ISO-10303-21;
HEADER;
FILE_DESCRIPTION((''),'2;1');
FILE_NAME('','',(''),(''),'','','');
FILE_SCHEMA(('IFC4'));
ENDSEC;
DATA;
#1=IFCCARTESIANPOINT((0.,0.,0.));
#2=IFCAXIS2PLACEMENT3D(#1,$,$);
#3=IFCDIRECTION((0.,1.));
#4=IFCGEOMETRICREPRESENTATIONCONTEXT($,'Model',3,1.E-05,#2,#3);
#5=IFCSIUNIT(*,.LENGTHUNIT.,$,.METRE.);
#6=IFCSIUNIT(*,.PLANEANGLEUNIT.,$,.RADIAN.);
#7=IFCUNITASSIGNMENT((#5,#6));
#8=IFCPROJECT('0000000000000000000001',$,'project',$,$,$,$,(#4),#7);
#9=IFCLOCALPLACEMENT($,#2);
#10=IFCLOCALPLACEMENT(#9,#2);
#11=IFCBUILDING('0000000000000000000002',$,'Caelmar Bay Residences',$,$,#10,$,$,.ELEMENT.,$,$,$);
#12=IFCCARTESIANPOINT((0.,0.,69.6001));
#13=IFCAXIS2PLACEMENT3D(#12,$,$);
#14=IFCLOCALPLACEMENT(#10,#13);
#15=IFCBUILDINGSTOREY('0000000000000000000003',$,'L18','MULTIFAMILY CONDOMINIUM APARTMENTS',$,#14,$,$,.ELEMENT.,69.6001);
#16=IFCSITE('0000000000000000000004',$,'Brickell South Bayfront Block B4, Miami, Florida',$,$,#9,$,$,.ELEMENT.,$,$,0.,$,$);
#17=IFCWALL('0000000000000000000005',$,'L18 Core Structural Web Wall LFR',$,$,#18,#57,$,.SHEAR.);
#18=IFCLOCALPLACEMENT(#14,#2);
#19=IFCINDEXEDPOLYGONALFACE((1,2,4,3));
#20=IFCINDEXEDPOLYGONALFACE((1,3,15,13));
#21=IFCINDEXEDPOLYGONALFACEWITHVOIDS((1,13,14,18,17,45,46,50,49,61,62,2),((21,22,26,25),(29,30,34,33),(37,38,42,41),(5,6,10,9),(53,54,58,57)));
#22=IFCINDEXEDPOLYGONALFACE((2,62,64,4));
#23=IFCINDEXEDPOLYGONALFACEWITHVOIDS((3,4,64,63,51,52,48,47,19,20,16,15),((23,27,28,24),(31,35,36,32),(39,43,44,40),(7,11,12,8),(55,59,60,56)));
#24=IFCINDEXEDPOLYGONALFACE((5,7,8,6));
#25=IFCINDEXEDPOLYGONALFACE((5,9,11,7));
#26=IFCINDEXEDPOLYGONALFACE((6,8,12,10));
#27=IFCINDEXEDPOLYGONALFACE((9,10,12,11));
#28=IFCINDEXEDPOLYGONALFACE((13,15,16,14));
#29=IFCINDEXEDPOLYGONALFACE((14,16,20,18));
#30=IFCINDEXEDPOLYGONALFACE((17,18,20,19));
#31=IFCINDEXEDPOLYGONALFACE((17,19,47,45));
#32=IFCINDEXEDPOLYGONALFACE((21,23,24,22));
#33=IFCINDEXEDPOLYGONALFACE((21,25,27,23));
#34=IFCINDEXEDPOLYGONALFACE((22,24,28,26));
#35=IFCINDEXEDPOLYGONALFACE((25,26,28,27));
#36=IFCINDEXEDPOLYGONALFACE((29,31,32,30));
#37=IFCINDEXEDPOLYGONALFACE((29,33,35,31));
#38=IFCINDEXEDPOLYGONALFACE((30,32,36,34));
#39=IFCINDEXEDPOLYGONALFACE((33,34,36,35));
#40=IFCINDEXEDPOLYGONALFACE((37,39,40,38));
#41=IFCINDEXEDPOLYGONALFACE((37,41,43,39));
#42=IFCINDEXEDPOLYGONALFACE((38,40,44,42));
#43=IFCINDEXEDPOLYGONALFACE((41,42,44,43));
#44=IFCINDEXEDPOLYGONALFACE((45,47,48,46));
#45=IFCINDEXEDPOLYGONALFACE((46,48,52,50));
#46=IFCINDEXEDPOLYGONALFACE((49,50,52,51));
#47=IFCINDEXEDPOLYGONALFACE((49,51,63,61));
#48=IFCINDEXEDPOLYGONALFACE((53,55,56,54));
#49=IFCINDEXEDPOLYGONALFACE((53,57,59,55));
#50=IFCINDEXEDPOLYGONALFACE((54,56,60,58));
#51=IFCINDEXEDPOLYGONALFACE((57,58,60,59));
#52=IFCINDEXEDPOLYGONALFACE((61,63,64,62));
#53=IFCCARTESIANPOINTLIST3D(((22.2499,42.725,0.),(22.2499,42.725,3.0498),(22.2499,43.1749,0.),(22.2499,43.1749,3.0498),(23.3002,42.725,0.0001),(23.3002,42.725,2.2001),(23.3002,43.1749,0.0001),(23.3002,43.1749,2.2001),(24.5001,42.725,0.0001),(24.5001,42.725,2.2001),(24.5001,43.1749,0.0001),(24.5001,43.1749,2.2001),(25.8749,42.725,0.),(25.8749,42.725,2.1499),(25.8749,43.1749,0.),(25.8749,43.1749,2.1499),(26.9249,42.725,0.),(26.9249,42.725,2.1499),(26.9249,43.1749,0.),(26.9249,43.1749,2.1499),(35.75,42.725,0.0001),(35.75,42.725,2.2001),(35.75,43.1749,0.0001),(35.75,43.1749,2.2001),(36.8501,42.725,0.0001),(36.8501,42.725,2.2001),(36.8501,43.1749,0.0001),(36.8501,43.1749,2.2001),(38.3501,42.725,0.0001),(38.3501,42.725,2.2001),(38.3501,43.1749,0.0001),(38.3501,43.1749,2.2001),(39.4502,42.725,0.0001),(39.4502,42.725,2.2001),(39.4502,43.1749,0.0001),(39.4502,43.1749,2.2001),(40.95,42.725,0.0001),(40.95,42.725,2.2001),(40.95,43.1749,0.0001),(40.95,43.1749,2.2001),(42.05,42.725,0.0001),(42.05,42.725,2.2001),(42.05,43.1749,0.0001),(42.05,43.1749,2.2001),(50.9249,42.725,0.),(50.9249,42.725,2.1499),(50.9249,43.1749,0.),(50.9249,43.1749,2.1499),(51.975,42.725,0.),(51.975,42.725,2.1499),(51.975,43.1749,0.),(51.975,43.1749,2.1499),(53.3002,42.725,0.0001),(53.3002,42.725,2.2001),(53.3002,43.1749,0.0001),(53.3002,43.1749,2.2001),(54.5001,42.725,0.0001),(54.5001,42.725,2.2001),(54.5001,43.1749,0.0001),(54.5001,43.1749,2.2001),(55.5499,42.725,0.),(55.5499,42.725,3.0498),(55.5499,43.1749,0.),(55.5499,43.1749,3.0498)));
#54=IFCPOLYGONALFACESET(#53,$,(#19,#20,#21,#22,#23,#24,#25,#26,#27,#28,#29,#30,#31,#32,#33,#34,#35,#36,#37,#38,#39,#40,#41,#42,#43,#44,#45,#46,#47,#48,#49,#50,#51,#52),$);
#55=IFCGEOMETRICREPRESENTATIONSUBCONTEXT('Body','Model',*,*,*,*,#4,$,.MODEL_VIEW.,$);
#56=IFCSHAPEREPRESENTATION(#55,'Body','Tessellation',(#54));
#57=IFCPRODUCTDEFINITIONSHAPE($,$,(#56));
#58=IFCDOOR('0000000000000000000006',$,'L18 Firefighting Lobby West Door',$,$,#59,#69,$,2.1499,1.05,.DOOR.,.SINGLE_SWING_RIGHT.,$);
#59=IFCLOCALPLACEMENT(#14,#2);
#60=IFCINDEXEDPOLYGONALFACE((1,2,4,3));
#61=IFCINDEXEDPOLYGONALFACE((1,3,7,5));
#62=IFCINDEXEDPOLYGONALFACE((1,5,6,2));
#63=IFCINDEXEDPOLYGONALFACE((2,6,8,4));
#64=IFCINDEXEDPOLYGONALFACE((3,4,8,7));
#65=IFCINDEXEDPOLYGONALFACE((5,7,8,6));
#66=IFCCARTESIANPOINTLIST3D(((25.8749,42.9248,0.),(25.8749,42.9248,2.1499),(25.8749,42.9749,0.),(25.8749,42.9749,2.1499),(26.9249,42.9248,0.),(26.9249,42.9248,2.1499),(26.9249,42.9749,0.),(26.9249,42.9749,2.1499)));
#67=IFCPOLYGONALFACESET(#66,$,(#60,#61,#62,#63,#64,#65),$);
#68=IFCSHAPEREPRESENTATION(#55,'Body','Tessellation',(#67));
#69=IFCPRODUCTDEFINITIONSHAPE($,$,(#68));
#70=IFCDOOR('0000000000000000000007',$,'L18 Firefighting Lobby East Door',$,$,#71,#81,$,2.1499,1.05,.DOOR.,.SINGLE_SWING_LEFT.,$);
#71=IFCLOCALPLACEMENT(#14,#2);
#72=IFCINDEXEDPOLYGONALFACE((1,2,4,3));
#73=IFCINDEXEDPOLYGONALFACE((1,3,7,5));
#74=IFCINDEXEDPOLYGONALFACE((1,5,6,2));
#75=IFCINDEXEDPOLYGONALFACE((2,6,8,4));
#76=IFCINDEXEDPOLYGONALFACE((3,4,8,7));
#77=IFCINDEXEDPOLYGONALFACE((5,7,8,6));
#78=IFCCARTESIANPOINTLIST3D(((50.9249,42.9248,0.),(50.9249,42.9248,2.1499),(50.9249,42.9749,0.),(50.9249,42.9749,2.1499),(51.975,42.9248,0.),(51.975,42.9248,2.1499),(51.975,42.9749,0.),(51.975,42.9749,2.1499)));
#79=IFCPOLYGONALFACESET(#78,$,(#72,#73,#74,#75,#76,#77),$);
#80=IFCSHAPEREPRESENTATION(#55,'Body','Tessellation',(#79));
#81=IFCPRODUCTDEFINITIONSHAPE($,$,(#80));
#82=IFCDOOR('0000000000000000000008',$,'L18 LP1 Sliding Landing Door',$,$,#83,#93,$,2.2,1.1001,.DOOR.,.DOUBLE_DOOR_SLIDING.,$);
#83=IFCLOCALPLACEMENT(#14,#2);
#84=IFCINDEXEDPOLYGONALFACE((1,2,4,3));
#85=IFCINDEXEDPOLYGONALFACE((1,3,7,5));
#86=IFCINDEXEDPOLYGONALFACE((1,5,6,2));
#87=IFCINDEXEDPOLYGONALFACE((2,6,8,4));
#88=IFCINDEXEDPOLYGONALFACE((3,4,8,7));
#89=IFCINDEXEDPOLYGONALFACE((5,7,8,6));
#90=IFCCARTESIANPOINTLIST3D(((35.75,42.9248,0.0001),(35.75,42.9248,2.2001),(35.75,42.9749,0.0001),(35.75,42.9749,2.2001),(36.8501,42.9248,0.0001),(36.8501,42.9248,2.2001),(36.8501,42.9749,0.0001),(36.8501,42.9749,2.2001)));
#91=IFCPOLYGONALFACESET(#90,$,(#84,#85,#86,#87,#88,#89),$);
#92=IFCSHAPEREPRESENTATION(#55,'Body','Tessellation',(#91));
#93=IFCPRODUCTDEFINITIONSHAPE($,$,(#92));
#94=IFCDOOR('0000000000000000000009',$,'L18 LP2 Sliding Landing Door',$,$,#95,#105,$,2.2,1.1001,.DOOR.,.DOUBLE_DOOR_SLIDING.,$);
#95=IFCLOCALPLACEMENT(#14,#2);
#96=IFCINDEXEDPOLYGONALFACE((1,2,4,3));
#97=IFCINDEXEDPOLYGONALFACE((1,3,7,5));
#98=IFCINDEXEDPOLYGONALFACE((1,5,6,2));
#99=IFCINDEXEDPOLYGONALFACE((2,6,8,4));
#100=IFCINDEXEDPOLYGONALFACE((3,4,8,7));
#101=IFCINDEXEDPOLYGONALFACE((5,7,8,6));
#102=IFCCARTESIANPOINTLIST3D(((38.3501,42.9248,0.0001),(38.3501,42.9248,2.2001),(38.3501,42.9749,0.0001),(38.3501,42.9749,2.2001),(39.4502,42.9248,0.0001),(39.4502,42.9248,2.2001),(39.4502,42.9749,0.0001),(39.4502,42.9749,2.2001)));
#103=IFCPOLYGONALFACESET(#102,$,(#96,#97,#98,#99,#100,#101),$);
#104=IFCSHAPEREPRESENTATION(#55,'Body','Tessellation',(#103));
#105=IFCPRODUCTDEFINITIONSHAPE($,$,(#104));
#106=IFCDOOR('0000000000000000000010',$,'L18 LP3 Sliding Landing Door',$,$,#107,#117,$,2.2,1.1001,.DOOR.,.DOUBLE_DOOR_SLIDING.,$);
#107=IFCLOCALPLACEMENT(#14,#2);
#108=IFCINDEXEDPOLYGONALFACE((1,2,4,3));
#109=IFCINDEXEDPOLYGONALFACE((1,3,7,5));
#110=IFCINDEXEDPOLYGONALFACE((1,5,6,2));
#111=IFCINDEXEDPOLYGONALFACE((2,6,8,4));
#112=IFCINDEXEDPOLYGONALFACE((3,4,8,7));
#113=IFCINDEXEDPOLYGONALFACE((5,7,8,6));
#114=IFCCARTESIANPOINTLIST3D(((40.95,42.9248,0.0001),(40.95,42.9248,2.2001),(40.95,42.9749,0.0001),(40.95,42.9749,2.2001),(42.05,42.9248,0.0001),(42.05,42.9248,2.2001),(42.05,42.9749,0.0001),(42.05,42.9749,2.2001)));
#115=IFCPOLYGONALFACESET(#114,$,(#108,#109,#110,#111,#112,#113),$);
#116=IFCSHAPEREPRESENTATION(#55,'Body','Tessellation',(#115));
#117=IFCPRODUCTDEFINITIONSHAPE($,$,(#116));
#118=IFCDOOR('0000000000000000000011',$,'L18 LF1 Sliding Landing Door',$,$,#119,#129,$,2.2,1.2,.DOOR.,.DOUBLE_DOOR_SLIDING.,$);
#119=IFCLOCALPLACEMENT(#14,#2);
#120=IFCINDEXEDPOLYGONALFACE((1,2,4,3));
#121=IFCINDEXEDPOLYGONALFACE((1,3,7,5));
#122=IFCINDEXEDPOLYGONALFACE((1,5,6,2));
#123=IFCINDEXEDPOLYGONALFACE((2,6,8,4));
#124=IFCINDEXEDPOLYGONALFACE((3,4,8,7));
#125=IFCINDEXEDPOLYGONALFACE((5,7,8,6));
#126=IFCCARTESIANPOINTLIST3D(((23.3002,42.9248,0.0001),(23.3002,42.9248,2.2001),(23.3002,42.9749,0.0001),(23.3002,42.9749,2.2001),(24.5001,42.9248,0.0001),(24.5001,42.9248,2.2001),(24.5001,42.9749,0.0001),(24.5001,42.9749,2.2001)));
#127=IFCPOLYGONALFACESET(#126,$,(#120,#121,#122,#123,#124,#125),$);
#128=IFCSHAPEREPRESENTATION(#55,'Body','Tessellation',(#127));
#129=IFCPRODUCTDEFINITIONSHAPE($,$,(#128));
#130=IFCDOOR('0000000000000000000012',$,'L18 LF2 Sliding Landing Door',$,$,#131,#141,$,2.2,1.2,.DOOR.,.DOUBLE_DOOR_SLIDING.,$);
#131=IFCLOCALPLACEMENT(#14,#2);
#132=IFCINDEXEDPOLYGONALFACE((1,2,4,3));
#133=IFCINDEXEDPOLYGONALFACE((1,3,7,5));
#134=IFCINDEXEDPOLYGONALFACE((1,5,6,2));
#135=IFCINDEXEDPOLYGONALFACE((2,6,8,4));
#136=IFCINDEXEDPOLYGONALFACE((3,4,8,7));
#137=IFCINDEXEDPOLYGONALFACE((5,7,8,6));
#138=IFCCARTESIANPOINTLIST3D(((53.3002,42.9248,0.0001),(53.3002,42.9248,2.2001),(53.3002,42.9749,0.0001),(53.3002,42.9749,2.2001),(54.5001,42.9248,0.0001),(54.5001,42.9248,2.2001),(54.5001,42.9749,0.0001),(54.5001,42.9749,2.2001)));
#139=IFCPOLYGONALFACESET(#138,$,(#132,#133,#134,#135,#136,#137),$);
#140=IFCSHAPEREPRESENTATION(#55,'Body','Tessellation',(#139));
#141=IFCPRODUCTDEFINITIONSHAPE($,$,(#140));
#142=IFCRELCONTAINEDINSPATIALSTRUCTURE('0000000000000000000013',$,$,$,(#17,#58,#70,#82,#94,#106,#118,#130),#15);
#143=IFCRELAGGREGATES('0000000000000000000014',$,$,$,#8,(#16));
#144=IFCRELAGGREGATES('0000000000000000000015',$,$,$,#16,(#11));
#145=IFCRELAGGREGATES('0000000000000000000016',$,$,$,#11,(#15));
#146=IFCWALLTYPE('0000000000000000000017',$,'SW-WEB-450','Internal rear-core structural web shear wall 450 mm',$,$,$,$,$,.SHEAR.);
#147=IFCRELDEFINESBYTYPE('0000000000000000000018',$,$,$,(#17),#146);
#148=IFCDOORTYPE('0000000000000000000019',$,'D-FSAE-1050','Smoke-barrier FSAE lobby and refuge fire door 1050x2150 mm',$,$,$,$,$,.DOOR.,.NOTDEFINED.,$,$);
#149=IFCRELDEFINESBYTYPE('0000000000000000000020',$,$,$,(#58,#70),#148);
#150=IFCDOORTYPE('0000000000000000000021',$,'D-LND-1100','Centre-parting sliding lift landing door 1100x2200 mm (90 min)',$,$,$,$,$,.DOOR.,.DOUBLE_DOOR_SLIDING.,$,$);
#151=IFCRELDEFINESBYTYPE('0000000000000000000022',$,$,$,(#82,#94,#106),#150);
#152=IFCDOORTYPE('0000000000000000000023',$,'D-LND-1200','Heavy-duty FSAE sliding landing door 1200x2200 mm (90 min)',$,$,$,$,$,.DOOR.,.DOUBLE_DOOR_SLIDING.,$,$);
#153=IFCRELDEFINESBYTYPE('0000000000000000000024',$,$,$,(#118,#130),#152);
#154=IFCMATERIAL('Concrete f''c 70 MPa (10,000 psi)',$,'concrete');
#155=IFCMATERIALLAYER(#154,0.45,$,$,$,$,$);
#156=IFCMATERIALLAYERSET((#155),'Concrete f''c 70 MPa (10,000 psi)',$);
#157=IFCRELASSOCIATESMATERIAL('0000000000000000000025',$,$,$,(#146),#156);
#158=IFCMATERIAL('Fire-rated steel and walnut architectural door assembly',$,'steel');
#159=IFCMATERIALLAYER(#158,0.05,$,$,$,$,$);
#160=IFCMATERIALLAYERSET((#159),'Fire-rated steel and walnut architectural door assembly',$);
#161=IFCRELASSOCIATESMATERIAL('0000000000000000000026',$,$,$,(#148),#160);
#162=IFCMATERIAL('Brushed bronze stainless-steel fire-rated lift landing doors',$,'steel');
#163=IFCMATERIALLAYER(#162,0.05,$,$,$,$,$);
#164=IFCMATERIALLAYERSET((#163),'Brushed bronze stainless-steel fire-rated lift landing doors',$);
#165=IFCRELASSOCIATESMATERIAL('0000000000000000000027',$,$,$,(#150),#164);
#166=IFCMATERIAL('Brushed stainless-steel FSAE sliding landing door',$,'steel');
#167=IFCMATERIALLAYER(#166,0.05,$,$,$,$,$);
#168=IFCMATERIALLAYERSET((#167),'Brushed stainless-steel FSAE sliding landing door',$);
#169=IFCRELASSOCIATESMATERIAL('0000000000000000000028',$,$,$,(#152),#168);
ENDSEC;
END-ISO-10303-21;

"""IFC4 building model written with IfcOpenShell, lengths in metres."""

from ifc_helpers import new_model, si_unit, direction, frame, frame_2d, origin, place, context, subcontext, project, spatial, rectangle, extrude, material, layer, layer_set, type_object, element, fill, save


model = new_model("IFC4")

# Units and contexts
model_context = context("Model", 3, precision=1e-05, world=origin(), true_north=direction((0.0, 1.0)))
body_context = subcontext(model_context, "Body", "Model", "MODEL_VIEW")
ifc_project = project(units=[si_unit("LENGTHUNIT", "METRE"), si_unit("PLANEANGLEUNIT", "RADIAN")], contexts=[model_context])

# Site, building, storey
site_placement = place(None, origin())
site = spatial("IfcSite", under=ifc_project, at=site_placement, Name="Brickell South Bayfront Block B4, Miami, Florida", CompositionType="ELEMENT", RefElevation=0.0)
building_placement = place(site_placement, origin())
building = spatial("IfcBuilding", under=site, at=building_placement, Name="Caelmar Bay Residences", CompositionType="ELEMENT")
storey_placement = place(building_placement, frame((0.0, 0.0, 69.6001)))
storey = spatial("IfcBuildingStorey", under=building, at=storey_placement, Name="L18", Description="MULTIFAMILY CONDOMINIUM APARTMENTS", CompositionType="ELEMENT", Elevation=69.6001)

# Wall, openings, doors
ifc_material_1 = material(Name="Concrete f'c 70 MPa (10,000 psi)", Category="concrete")
ifc_layer_1 = layer(ifc_material_1, 0.45)
ifc_layer_set_1 = layer_set([ifc_layer_1], Name="Concrete f'c 70 MPa (10,000 psi)")
wall_type_1 = type_object("IfcWallType", Name="SW-WEB-450", Description="Internal rear-core structural web shear wall 450 mm", PredefinedType="SHEAR", material=ifc_layer_set_1)
wall_1_placement = place(storey_placement, frame((22.25, 42.95, 0.0), z_axis=(0.0, 0.0, 1.0), x_axis=(1.0, 0.0, 0.0)))
wall_1 = element("IfcWall", 1, at=wall_1_placement, inside=storey, type_object=wall_type_1, Name="L18 Core Structural Web Wall LFR", PredefinedType="SHEAR", context=body_context, shape_type="SweptSolid", body=[
    extrude(rectangle(XDim=33.3, YDim=0.45, at=frame_2d((16.6499, 0.0))), origin(), (0.0, 0.0, 1.0), 3.0498),
])
opening_1_placement = place(wall_1_placement, frame((1.05, 0.0, 0.0)))
opening_1 = element("IfcOpeningElement", 2, at=opening_1_placement, cuts=wall_1, PredefinedType="OPENING", context=body_context, shape_type="SweptSolid", body=[
    extrude(rectangle(XDim=1.2, YDim=2.2, at=frame_2d((0.6001, 1.1001))), frame((0.0, 0.2349, 0.0), z_axis=(0.0, -1.0, 0.0), x_axis=(1.0, 0.0, 0.0)), (0.0, 0.0, 1.0), 0.47),
])
opening_2_placement = place(wall_1_placement, frame((31.05, 0.0, 0.0)))
opening_2 = element("IfcOpeningElement", 3, at=opening_2_placement, cuts=wall_1, PredefinedType="OPENING", context=body_context, shape_type="SweptSolid", body=[
    extrude(rectangle(XDim=1.2, YDim=2.2, at=frame_2d((0.6001, 1.1001))), frame((0.0, 0.2349, 0.0), z_axis=(0.0, -1.0, 0.0), x_axis=(1.0, 0.0, 0.0)), (0.0, 0.0, 1.0), 0.47),
])
opening_3_placement = place(wall_1_placement, frame((13.5, 0.0, 0.0)))
opening_3 = element("IfcOpeningElement", 4, at=opening_3_placement, cuts=wall_1, PredefinedType="OPENING", context=body_context, shape_type="SweptSolid", body=[
    extrude(rectangle(XDim=1.1001, YDim=2.2, at=frame_2d((0.55, 1.1001))), frame((0.0, 0.2349, 0.0), z_axis=(0.0, -1.0, 0.0), x_axis=(1.0, 0.0, 0.0)), (0.0, 0.0, 1.0), 0.47),
])
opening_4_placement = place(wall_1_placement, frame((16.1001, 0.0, 0.0)))
opening_4 = element("IfcOpeningElement", 5, at=opening_4_placement, cuts=wall_1, PredefinedType="OPENING", context=body_context, shape_type="SweptSolid", body=[
    extrude(rectangle(XDim=1.1001, YDim=2.2, at=frame_2d((0.55, 1.1001))), frame((0.0, 0.2349, 0.0), z_axis=(0.0, -1.0, 0.0), x_axis=(1.0, 0.0, 0.0)), (0.0, 0.0, 1.0), 0.47),
])
opening_5_placement = place(wall_1_placement, frame((18.7, 0.0, 0.0)))
opening_5 = element("IfcOpeningElement", 6, at=opening_5_placement, cuts=wall_1, PredefinedType="OPENING", context=body_context, shape_type="SweptSolid", body=[
    extrude(rectangle(XDim=1.1001, YDim=2.2, at=frame_2d((0.55, 1.1001))), frame((0.0, 0.2349, 0.0), z_axis=(0.0, -1.0, 0.0), x_axis=(1.0, 0.0, 0.0)), (0.0, 0.0, 1.0), 0.47),
])
opening_6_placement = place(wall_1_placement, frame((3.625, 0.0, 0.0)))
opening_6 = element("IfcOpeningElement", 7, at=opening_6_placement, cuts=wall_1, PredefinedType="OPENING", context=body_context, shape_type="SweptSolid", body=[
    extrude(rectangle(XDim=1.05, YDim=2.1499, at=frame_2d((0.5249, 1.075))), frame((0.0, 0.2349, 0.0), z_axis=(0.0, -1.0, 0.0), x_axis=(1.0, 0.0, 0.0)), (0.0, 0.0, 1.0), 0.47),
])
opening_7_placement = place(wall_1_placement, frame((28.675, 0.0, 0.0)))
opening_7 = element("IfcOpeningElement", 8, at=opening_7_placement, cuts=wall_1, PredefinedType="OPENING", context=body_context, shape_type="SweptSolid", body=[
    extrude(rectangle(XDim=1.05, YDim=2.1499, at=frame_2d((0.5249, 1.075))), frame((0.0, 0.2349, 0.0), z_axis=(0.0, -1.0, 0.0), x_axis=(1.0, 0.0, 0.0)), (0.0, 0.0, 1.0), 0.47),
])
ifc_material_2 = material(Name="Fire-rated steel and walnut architectural door assembly", Category="steel")
ifc_layer_2 = layer(ifc_material_2, 0.05)
ifc_layer_set_2 = layer_set([ifc_layer_2], Name="Fire-rated steel and walnut architectural door assembly")
door_type_1 = type_object("IfcDoorType", Name="D-FSAE-1050", Description="Smoke-barrier FSAE lobby and refuge fire door 1050x2150 mm", OperationType="NOTDEFINED", PredefinedType="DOOR", material=ifc_layer_set_2)
door_1_placement = place(opening_6_placement, origin())
door_1 = element("IfcDoor", 9, at=door_1_placement, inside=storey, type_object=door_type_1, Name="L18 Firefighting Lobby West Door", OperationType="SINGLE_SWING_RIGHT", OverallHeight=2.1499, OverallWidth=1.05, PredefinedType="DOOR", context=body_context, shape_type="SweptSolid", body=[
    extrude(rectangle(XDim=1.05, YDim=2.1499, at=frame_2d((0.5249, 1.075))), frame((0.0, 0.0249, 0.0), z_axis=(0.0, -1.0, 0.0), x_axis=(1.0, 0.0, 0.0)), (0.0, 0.0, 1.0), 0.05),
])
fill(opening_6, door_1)
door_2_placement = place(opening_7_placement, origin())
door_2 = element("IfcDoor", 10, at=door_2_placement, inside=storey, type_object=door_type_1, Name="L18 Firefighting Lobby East Door", OperationType="SINGLE_SWING_LEFT", OverallHeight=2.1499, OverallWidth=1.05, PredefinedType="DOOR", context=body_context, shape_type="SweptSolid", body=[
    extrude(rectangle(XDim=1.05, YDim=2.1499, at=frame_2d((0.5249, 1.075))), frame((0.0, 0.0249, 0.0), z_axis=(0.0, -1.0, 0.0), x_axis=(1.0, 0.0, 0.0)), (0.0, 0.0, 1.0), 0.05),
])
fill(opening_7, door_2)
ifc_material_3 = material(Name="Brushed bronze stainless-steel fire-rated lift landing doors", Category="steel")
ifc_layer_3 = layer(ifc_material_3, 0.05)
ifc_layer_set_3 = layer_set([ifc_layer_3], Name="Brushed bronze stainless-steel fire-rated lift landing doors")
door_type_2 = type_object("IfcDoorType", Name="D-LND-1100", Description="Centre-parting sliding lift landing door 1100x2200 mm (90 min)", OperationType="DOUBLE_DOOR_SLIDING", PredefinedType="DOOR", material=ifc_layer_set_3)
door_3_placement = place(opening_3_placement, origin())
door_3 = element("IfcDoor", 11, at=door_3_placement, inside=storey, type_object=door_type_2, Name="L18 LP1 Sliding Landing Door", OperationType="DOUBLE_DOOR_SLIDING", OverallHeight=2.2, OverallWidth=1.1001, PredefinedType="DOOR", context=body_context, shape_type="SweptSolid", body=[
    extrude(rectangle(XDim=1.1001, YDim=2.2, at=frame_2d((0.55, 1.1001))), frame((0.0, 0.0249, 0.0), z_axis=(0.0, -1.0, 0.0), x_axis=(1.0, 0.0, 0.0)), (0.0, 0.0, 1.0), 0.05),
])
fill(opening_3, door_3)
door_4_placement = place(opening_4_placement, origin())
door_4 = element("IfcDoor", 12, at=door_4_placement, inside=storey, type_object=door_type_2, Name="L18 LP2 Sliding Landing Door", OperationType="DOUBLE_DOOR_SLIDING", OverallHeight=2.2, OverallWidth=1.1001, PredefinedType="DOOR", context=body_context, shape_type="SweptSolid", body=[
    extrude(rectangle(XDim=1.1001, YDim=2.2, at=frame_2d((0.55, 1.1001))), frame((0.0, 0.0249, 0.0), z_axis=(0.0, -1.0, 0.0), x_axis=(1.0, 0.0, 0.0)), (0.0, 0.0, 1.0), 0.05),
])
fill(opening_4, door_4)
door_5_placement = place(opening_5_placement, origin())
door_5 = element("IfcDoor", 13, at=door_5_placement, inside=storey, type_object=door_type_2, Name="L18 LP3 Sliding Landing Door", OperationType="DOUBLE_DOOR_SLIDING", OverallHeight=2.2, OverallWidth=1.1001, PredefinedType="DOOR", context=body_context, shape_type="SweptSolid", body=[
    extrude(rectangle(XDim=1.1001, YDim=2.2, at=frame_2d((0.55, 1.1001))), frame((0.0, 0.0249, 0.0), z_axis=(0.0, -1.0, 0.0), x_axis=(1.0, 0.0, 0.0)), (0.0, 0.0, 1.0), 0.05),
])
fill(opening_5, door_5)
ifc_material_4 = material(Name="Brushed stainless-steel FSAE sliding landing door", Category="steel")
ifc_layer_4 = layer(ifc_material_4, 0.05)
ifc_layer_set_4 = layer_set([ifc_layer_4], Name="Brushed stainless-steel FSAE sliding landing door")
door_type_3 = type_object("IfcDoorType", Name="D-LND-1200", Description="Heavy-duty FSAE sliding landing door 1200x2200 mm (90 min)", OperationType="DOUBLE_DOOR_SLIDING", PredefinedType="DOOR", material=ifc_layer_set_4)
door_6_placement = place(opening_1_placement, origin())
door_6 = element("IfcDoor", 14, at=door_6_placement, inside=storey, type_object=door_type_3, Name="L18 LF1 Sliding Landing Door", OperationType="DOUBLE_DOOR_SLIDING", OverallHeight=2.2, OverallWidth=1.2, PredefinedType="DOOR", context=body_context, shape_type="SweptSolid", body=[
    extrude(rectangle(XDim=1.2, YDim=2.2, at=frame_2d((0.6001, 1.1001))), frame((0.0, 0.0249, 0.0), z_axis=(0.0, -1.0, 0.0), x_axis=(1.0, 0.0, 0.0)), (0.0, 0.0, 1.0), 0.05),
])
fill(opening_1, door_6)
door_7_placement = place(opening_2_placement, origin())
door_7 = element("IfcDoor", 15, at=door_7_placement, inside=storey, type_object=door_type_3, Name="L18 LF2 Sliding Landing Door", OperationType="DOUBLE_DOOR_SLIDING", OverallHeight=2.2, OverallWidth=1.2, PredefinedType="DOOR", context=body_context, shape_type="SweptSolid", body=[
    extrude(rectangle(XDim=1.2, YDim=2.2, at=frame_2d((0.6001, 1.1001))), frame((0.0, 0.0249, 0.0), z_axis=(0.0, -1.0, 0.0), x_axis=(1.0, 0.0, 0.0)), (0.0, 0.0, 1.0), 0.05),
])
fill(opening_2, door_7)

save(model, "model.ifc")
